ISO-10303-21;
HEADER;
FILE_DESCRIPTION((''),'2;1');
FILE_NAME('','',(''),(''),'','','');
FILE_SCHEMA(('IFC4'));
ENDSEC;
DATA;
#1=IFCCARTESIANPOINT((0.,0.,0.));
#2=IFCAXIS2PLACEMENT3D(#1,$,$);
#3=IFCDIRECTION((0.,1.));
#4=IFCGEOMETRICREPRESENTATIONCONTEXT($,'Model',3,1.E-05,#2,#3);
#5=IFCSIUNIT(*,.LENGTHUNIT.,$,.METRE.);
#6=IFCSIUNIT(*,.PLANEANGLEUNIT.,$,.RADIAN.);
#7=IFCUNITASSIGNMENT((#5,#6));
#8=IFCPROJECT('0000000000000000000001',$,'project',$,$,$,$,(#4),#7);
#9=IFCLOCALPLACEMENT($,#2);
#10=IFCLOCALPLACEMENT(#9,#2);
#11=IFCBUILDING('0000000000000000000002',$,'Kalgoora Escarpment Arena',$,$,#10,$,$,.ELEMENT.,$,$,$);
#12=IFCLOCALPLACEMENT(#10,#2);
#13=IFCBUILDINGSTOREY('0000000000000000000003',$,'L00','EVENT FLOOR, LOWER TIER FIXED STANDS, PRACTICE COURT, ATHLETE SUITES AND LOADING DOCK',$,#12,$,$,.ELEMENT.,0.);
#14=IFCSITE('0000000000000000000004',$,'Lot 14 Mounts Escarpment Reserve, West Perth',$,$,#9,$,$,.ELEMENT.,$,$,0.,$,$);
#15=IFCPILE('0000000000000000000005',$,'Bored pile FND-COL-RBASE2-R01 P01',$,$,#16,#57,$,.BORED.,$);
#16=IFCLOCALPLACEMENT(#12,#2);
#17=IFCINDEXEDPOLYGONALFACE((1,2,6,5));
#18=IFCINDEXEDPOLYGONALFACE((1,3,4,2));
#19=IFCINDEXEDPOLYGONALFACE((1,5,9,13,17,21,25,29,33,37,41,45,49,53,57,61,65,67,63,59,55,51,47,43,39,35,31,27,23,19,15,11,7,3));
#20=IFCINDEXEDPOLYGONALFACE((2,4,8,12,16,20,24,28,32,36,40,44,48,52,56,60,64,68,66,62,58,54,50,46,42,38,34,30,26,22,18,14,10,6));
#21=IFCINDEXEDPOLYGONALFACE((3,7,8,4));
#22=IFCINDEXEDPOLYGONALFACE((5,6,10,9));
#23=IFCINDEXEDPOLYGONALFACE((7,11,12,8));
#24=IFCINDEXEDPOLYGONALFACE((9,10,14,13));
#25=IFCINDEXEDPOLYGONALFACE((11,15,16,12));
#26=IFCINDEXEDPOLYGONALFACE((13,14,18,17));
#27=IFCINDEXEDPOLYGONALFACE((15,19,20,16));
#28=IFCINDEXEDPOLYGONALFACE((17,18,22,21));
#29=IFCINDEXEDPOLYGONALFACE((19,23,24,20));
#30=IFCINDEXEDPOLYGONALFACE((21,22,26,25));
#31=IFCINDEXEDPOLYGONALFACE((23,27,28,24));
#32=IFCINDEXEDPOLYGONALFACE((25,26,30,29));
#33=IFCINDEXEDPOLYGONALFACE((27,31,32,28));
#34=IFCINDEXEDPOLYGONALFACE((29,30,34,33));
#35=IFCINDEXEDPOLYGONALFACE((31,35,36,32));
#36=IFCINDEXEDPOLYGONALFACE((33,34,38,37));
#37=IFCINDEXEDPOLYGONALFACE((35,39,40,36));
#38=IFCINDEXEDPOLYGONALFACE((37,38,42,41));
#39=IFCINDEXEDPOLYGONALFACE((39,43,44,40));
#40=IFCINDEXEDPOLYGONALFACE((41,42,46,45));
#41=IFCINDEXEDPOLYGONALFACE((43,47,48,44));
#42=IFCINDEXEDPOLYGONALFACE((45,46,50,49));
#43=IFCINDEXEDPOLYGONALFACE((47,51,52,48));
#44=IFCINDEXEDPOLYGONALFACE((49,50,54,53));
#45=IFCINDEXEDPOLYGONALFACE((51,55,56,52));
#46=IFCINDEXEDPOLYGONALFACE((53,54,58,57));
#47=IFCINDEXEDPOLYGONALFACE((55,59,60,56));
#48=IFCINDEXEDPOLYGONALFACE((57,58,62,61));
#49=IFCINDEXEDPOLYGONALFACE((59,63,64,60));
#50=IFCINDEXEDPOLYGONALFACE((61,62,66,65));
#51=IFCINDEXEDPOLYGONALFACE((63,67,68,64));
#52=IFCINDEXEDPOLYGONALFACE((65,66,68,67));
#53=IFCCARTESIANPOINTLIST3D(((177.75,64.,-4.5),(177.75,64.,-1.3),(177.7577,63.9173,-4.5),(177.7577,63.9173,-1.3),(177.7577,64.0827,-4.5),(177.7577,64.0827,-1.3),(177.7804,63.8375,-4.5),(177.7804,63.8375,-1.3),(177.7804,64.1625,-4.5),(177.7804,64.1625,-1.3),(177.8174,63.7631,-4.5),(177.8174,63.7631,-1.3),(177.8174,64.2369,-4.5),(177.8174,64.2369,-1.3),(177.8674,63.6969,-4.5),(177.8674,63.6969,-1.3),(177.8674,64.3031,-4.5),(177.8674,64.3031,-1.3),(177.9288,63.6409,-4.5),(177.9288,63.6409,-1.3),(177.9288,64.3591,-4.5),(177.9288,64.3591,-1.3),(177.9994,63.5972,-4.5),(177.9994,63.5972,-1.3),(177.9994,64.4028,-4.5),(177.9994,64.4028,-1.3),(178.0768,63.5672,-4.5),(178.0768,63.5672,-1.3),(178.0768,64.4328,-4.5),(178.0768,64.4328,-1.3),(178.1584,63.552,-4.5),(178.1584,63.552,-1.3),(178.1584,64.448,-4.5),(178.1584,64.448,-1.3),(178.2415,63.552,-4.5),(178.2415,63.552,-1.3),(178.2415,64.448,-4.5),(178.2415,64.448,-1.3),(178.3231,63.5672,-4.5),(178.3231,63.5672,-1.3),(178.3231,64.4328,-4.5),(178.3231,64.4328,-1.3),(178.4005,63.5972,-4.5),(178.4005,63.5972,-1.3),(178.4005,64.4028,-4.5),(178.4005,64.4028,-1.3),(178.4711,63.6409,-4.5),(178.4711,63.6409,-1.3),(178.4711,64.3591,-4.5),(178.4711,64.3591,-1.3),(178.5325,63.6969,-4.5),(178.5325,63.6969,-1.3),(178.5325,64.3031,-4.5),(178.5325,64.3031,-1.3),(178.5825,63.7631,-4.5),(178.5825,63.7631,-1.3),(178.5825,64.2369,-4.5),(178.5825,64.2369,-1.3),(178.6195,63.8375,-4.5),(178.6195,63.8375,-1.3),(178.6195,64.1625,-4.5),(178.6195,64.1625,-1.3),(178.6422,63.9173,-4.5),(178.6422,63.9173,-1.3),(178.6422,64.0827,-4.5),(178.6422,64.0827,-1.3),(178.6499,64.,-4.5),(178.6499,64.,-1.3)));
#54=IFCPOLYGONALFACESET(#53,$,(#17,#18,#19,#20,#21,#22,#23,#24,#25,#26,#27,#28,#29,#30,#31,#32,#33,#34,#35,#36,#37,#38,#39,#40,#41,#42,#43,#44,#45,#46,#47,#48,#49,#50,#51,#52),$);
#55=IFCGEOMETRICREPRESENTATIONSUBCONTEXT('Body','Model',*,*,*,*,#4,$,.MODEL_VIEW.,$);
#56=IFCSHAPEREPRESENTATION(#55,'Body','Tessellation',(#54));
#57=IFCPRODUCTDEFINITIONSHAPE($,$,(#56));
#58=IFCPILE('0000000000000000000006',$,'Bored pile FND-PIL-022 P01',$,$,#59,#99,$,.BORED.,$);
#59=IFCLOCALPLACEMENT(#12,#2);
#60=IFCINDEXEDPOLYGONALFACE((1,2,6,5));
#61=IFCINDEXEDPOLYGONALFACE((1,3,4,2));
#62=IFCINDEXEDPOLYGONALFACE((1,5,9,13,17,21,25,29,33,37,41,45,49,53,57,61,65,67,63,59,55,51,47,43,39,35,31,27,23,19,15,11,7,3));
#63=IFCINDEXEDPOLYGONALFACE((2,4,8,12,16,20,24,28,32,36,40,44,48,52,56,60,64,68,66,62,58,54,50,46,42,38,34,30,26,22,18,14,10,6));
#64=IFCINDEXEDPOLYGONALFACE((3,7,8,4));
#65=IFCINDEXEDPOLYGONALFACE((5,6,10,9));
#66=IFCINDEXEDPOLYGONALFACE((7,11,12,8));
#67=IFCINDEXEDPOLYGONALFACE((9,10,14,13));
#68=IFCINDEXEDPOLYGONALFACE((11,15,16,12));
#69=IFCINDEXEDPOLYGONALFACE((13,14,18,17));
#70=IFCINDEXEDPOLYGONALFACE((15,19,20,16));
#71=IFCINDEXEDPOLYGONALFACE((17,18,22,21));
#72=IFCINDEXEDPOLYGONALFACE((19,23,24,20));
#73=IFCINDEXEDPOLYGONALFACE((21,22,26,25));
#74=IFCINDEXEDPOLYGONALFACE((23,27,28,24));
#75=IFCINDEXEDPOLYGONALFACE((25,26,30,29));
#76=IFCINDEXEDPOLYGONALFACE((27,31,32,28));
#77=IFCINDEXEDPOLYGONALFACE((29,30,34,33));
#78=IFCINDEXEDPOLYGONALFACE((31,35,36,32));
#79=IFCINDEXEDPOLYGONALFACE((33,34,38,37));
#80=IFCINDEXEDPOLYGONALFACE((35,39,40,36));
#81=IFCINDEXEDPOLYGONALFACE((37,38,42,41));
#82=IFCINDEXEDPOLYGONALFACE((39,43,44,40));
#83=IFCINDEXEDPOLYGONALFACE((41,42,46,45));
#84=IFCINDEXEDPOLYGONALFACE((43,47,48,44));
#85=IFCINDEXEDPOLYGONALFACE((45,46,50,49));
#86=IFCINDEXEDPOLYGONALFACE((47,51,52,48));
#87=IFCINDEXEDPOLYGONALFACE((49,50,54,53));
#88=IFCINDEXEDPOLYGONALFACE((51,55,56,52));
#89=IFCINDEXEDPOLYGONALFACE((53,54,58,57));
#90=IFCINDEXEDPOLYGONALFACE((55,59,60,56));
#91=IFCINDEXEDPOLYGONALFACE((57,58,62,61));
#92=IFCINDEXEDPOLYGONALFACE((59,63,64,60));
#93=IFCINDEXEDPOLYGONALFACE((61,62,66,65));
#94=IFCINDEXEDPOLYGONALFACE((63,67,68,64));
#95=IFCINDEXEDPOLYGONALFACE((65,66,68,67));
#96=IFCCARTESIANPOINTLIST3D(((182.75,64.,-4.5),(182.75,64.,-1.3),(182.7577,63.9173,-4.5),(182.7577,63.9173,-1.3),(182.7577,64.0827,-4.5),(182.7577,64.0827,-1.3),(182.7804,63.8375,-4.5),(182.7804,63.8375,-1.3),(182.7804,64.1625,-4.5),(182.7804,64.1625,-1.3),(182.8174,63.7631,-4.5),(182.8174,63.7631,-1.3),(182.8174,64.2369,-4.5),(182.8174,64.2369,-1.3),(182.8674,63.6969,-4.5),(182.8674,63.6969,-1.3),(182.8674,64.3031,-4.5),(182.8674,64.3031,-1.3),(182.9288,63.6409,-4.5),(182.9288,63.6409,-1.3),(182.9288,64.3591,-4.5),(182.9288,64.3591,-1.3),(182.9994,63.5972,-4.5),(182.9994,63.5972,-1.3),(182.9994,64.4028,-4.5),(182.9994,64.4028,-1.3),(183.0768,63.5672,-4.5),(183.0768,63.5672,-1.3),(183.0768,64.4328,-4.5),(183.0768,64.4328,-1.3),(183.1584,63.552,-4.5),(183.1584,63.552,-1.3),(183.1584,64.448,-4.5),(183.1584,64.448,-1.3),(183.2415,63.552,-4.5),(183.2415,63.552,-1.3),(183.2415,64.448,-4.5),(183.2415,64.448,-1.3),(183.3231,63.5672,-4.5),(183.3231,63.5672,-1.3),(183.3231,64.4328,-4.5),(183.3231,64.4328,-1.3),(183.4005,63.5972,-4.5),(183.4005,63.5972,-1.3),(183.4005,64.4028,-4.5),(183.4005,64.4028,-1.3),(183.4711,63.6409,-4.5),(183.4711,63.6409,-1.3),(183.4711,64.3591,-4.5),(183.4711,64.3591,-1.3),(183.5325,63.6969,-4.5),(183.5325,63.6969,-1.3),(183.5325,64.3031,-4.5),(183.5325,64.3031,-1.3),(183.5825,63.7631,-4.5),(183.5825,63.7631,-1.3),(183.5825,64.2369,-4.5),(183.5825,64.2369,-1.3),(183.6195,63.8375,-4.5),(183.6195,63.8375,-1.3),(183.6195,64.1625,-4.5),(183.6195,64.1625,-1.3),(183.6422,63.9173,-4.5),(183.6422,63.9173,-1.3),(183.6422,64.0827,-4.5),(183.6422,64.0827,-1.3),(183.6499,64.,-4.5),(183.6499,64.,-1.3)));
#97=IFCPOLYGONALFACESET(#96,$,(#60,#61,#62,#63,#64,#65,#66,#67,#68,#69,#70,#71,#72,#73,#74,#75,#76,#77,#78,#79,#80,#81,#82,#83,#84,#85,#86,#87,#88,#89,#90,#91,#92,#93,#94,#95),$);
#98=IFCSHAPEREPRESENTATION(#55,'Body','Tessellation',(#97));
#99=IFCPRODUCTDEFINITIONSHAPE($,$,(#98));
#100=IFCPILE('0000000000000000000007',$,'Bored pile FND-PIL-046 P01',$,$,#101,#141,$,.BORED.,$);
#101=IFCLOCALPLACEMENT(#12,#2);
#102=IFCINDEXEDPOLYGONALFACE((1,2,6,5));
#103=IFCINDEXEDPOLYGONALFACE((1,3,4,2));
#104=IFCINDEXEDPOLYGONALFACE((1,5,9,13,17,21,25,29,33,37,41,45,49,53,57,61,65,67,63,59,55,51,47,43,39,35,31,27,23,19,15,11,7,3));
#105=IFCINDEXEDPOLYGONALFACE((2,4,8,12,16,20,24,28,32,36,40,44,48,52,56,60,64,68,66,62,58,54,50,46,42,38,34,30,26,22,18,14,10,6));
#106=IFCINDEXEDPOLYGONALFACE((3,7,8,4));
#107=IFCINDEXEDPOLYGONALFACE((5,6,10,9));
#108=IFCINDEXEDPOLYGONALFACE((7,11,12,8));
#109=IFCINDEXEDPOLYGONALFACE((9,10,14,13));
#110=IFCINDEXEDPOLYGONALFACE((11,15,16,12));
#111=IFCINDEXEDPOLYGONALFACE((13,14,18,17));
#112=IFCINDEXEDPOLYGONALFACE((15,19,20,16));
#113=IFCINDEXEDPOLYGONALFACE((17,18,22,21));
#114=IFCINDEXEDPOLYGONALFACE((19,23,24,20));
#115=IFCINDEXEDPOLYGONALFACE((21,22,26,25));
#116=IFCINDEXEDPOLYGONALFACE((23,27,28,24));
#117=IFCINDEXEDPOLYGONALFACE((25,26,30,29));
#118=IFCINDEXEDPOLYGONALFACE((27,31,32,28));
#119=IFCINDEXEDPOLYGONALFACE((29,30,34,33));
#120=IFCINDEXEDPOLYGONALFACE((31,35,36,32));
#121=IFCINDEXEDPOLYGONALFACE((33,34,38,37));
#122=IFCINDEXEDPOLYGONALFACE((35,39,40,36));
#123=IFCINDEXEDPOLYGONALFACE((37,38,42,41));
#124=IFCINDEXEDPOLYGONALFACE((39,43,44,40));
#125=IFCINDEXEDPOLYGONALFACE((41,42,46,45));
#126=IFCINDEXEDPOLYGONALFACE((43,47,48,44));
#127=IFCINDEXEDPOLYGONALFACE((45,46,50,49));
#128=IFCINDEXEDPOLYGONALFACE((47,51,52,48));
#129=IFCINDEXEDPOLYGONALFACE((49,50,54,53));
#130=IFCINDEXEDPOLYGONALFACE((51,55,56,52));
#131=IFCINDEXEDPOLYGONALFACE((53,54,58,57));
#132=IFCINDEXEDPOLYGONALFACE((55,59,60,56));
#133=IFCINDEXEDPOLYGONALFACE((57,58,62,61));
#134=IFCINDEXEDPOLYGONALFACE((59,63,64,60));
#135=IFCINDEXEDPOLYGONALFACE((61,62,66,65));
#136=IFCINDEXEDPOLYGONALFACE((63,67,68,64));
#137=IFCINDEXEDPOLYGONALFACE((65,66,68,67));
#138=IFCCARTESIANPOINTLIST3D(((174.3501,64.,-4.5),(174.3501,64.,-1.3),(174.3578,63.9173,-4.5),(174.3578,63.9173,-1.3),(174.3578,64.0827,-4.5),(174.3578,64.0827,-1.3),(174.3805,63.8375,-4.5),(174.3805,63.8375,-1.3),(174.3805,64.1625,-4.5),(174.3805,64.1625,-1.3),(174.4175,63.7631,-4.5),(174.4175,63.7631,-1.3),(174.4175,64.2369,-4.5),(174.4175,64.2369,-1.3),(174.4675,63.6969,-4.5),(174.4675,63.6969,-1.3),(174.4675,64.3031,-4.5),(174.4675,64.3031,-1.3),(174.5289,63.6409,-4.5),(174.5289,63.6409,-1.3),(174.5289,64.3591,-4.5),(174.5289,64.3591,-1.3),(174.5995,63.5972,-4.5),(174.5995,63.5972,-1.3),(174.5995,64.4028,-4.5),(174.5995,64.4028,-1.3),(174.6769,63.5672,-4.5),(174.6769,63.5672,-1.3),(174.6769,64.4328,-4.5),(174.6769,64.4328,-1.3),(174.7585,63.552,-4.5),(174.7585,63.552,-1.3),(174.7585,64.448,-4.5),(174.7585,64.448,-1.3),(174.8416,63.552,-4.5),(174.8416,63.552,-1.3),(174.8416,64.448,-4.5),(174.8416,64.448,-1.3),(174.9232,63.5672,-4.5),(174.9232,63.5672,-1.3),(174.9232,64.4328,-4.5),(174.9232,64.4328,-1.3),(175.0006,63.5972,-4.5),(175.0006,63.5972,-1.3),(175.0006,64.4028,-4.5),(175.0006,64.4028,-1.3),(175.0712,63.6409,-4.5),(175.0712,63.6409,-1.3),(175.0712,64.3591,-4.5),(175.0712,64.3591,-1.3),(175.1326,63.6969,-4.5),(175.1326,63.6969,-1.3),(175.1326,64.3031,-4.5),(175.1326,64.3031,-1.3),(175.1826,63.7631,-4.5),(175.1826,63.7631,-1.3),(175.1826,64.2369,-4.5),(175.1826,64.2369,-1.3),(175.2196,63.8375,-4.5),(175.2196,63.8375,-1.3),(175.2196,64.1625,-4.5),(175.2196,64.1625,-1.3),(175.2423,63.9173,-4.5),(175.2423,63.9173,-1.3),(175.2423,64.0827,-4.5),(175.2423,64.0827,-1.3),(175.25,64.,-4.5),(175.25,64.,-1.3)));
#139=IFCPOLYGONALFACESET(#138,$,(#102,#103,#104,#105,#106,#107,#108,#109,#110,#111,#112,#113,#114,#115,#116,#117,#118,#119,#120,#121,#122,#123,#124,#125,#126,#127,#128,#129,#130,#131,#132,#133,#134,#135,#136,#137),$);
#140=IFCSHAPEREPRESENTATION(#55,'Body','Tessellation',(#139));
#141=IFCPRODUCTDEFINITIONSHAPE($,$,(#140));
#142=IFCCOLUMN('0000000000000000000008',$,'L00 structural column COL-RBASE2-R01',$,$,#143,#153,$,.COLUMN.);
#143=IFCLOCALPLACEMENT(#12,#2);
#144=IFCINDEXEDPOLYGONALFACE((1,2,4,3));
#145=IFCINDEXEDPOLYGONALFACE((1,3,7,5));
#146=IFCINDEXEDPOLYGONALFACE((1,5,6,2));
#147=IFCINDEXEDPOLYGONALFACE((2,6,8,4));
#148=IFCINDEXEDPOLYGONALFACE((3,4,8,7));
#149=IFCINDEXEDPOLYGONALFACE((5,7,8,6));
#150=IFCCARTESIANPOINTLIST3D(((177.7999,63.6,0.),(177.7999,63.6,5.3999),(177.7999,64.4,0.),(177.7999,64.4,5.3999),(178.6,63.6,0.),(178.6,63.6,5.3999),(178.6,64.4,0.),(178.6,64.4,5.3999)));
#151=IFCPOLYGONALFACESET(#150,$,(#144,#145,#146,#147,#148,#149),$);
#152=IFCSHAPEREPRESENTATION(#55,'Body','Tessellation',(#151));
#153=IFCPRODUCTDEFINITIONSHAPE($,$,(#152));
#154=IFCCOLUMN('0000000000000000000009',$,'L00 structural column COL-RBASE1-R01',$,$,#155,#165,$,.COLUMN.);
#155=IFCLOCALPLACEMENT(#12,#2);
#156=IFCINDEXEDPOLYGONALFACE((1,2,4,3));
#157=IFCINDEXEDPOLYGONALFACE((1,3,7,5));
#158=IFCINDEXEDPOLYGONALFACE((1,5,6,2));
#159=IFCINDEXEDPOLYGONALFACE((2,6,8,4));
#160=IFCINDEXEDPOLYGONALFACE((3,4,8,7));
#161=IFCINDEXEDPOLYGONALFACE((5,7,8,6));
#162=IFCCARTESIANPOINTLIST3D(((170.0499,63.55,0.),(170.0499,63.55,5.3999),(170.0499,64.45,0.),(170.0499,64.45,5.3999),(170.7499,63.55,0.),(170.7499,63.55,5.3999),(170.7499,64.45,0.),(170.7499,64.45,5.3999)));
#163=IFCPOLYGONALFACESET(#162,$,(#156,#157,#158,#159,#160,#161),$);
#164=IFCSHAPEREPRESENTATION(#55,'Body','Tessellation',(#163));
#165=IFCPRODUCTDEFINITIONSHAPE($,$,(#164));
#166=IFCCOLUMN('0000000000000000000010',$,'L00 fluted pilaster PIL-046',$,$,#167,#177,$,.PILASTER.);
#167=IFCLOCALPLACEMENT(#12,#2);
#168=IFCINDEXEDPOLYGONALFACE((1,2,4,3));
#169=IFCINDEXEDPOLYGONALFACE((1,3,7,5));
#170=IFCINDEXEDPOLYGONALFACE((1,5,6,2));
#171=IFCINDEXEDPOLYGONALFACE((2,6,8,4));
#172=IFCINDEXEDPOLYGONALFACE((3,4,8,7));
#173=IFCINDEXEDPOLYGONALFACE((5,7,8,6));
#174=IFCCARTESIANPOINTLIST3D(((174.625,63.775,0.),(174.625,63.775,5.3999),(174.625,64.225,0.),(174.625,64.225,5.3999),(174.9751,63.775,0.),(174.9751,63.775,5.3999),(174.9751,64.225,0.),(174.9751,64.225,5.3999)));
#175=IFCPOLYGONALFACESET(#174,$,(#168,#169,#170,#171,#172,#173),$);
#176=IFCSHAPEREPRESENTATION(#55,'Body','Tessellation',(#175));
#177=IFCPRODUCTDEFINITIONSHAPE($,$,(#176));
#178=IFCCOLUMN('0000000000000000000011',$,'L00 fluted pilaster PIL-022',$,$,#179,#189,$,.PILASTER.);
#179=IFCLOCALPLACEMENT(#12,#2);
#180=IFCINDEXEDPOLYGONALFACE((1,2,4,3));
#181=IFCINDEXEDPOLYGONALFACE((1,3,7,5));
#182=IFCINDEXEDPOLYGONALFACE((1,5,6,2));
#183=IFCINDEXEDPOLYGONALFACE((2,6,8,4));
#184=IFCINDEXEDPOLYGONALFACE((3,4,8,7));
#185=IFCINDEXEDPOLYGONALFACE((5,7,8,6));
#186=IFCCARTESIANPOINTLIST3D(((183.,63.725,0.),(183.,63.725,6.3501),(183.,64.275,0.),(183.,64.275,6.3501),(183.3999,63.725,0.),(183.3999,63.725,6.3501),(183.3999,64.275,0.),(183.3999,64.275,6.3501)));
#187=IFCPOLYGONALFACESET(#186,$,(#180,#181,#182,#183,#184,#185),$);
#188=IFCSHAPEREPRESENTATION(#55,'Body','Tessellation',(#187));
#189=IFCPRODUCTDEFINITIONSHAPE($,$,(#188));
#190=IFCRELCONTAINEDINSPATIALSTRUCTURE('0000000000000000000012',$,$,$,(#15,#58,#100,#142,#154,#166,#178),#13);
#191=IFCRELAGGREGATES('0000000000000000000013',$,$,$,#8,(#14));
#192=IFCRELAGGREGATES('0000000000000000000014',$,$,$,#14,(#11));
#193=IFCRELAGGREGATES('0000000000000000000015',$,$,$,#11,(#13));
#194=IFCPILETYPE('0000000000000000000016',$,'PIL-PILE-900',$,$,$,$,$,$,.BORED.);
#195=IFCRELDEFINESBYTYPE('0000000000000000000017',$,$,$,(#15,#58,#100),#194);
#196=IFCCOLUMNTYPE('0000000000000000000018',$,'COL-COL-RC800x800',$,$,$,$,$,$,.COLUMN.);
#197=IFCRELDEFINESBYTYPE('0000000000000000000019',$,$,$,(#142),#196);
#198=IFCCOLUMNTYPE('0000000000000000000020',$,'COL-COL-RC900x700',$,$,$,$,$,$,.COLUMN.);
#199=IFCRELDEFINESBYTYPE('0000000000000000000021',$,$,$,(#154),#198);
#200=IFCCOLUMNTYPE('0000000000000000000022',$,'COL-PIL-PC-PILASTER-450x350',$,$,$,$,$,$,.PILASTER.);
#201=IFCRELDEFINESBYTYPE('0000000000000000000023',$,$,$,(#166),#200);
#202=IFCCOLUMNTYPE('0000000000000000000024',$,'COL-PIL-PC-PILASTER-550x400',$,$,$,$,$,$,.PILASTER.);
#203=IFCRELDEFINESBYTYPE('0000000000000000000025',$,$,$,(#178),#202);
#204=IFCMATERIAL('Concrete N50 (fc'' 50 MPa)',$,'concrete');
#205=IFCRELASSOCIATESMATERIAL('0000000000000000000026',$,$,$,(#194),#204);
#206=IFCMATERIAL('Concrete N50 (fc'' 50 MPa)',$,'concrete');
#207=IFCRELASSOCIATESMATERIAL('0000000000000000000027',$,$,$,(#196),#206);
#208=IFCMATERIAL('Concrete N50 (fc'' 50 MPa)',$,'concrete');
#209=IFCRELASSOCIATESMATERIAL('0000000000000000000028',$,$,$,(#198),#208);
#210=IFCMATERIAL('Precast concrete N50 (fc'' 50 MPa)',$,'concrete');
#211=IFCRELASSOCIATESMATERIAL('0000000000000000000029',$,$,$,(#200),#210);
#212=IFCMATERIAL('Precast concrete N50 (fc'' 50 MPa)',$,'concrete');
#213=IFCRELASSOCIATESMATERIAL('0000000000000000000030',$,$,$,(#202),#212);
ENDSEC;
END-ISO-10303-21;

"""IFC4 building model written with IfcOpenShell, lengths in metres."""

from ifc_helpers import new_model, si_unit, direction, frame, origin, origin_2d, place, context, subcontext, project, spatial, rectangle, circle, extrude, material, material_profile, profile_set, type_object, element, save


model = new_model("IFC4")

# Units and contexts
model_context = context("Model", 3, precision=1e-05, world=origin(), true_north=direction((0.0, 1.0)))
body_context = subcontext(model_context, "Body", "Model", "MODEL_VIEW")
ifc_project = project(units=[si_unit("LENGTHUNIT", "METRE"), si_unit("PLANEANGLEUNIT", "RADIAN")], contexts=[model_context])

# Site, building, storey
site_placement = place(None, origin())
site = spatial("IfcSite", under=ifc_project, at=site_placement, Name="Lot 14 Mounts Escarpment Reserve, West Perth", CompositionType="ELEMENT", RefElevation=0.0)
building_placement = place(site_placement, origin())
building = spatial("IfcBuilding", under=site, at=building_placement, Name="Kalgoora Escarpment Arena", CompositionType="ELEMENT")
storey_placement = place(building_placement, origin())
storey = spatial("IfcBuildingStorey", under=building, at=storey_placement, Name="L00", Description="EVENT FLOOR, LOWER TIER FIXED STANDS, PRACTICE COURT, ATHLETE SUITES AND LOADING DOCK", CompositionType="ELEMENT", Elevation=0.0)

# Piles
ifc_material_1 = material(Name="Concrete N50 (fc' 50 MPa)", Category="concrete")
ifc_material_profile_1 = material_profile(ifc_material_1, circle(Radius=0.45, at=origin_2d()))
ifc_profile_set_1 = profile_set([ifc_material_profile_1], Name="Concrete N50 (fc' 50 MPa)")
pile_type_1 = type_object("IfcPileType", Name="PIL-PILE-900", PredefinedType="BORED", material=ifc_profile_set_1)
for number, where, z_axis, x_axis, name in (
    (1, (178.2, 64.0, -1.3), (0.0, 0.0, -1.0), (1.0, 0.0, 0.0), "Bored pile FND-COL-RBASE2-R01 P01"),
    (2, (183.2, 64.0, -1.3), (0.0, 0.0, -1.0), (1.0, 0.0, 0.0), "Bored pile FND-PIL-022 P01"),
    (3, (174.8, 64.0, -1.3), (0.0, 0.0, -1.0), (1.0, 0.0, 0.0), "Bored pile FND-PIL-046 P01"),
):
    element("IfcPile", number, at=place(storey_placement, frame(where, z_axis=z_axis, x_axis=x_axis)), inside=storey, type_object=pile_type_1, Name=name, PredefinedType="BORED", context=body_context, shape_type="SweptSolid", body=[
        extrude(circle(Radius=0.45, at=origin_2d()), origin(), (0.0, 0.0, 1.0), 3.2),
    ])

# Columns
ifc_material_2 = material(Name="Concrete N50 (fc' 50 MPa)", Category="concrete")
ifc_material_profile_2 = material_profile(ifc_material_2, rectangle(XDim=0.8, YDim=0.8, at=origin_2d()))
ifc_profile_set_2 = profile_set([ifc_material_profile_2], Name="Concrete N50 (fc' 50 MPa)")
column_type_1 = type_object("IfcColumnType", Name="COL-COL-RC800x800", PredefinedType="COLUMN", material=ifc_profile_set_2)
column_1_placement = place(storey_placement, frame((178.2, 64.0, 0.0), z_axis=(0.0, 0.0, 1.0), x_axis=(1.0, 0.0, 0.0)))
element("IfcColumn", 4, at=column_1_placement, inside=storey, type_object=column_type_1, Name="L00 structural column COL-RBASE2-R01", PredefinedType="COLUMN", context=body_context, shape_type="SweptSolid", body=[
    extrude(rectangle(XDim=0.8, YDim=0.8, at=origin_2d()), origin(), (0.0, 0.0, 1.0), 5.3999),
])
ifc_material_3 = material(Name="Concrete N50 (fc' 50 MPa)", Category="concrete")
ifc_material_profile_3 = material_profile(ifc_material_3, rectangle(XDim=0.7, YDim=0.8999, at=origin_2d()))
ifc_profile_set_3 = profile_set([ifc_material_profile_3], Name="Concrete N50 (fc' 50 MPa)")
column_type_2 = type_object("IfcColumnType", Name="COL-COL-RC900x700", PredefinedType="COLUMN", material=ifc_profile_set_3)
column_2_placement = place(storey_placement, frame((170.3999, 64.0, 0.0), z_axis=(0.0, 0.0, 1.0), x_axis=(1.0, 0.0, 0.0)))
element("IfcColumn", 5, at=column_2_placement, inside=storey, type_object=column_type_2, Name="L00 structural column COL-RBASE1-R01", PredefinedType="COLUMN", context=body_context, shape_type="SweptSolid", body=[
    extrude(rectangle(XDim=0.7, YDim=0.8999, at=origin_2d()), origin(), (0.0, 0.0, 1.0), 5.3999),
])
ifc_material_4 = material(Name="Precast concrete N50 (fc' 50 MPa)", Category="concrete")
ifc_material_profile_4 = material_profile(ifc_material_4, rectangle(XDim=0.3501, YDim=0.45, at=origin_2d()))
ifc_profile_set_4 = profile_set([ifc_material_profile_4], Name="Precast concrete N50 (fc' 50 MPa)")
column_type_3 = type_object("IfcColumnType", Name="COL-PIL-PC-PILASTER-450x350", PredefinedType="PILASTER", material=ifc_profile_set_4)
column_3_placement = place(storey_placement, frame((174.8, 64.0, 0.0), z_axis=(0.0, 0.0, 1.0), x_axis=(1.0, 0.0, 0.0)))
element("IfcColumn", 6, at=column_3_placement, inside=storey, type_object=column_type_3, Name="L00 fluted pilaster PIL-046", PredefinedType="PILASTER", context=body_context, shape_type="SweptSolid", body=[
    extrude(rectangle(XDim=0.3501, YDim=0.45, at=origin_2d()), origin(), (0.0, 0.0, 1.0), 5.3999),
])
ifc_material_5 = material(Name="Precast concrete N50 (fc' 50 MPa)", Category="concrete")
ifc_material_profile_5 = material_profile(ifc_material_5, rectangle(XDim=0.3999, YDim=0.55, at=origin_2d()))
ifc_profile_set_5 = profile_set([ifc_material_profile_5], Name="Precast concrete N50 (fc' 50 MPa)")
column_type_4 = type_object("IfcColumnType", Name="COL-PIL-PC-PILASTER-550x400", PredefinedType="PILASTER", material=ifc_profile_set_5)
column_4_placement = place(storey_placement, frame((183.2, 64.0, 0.0), z_axis=(0.0, 0.0, 1.0), x_axis=(1.0, 0.0, 0.0)))
element("IfcColumn", 7, at=column_4_placement, inside=storey, type_object=column_type_4, Name="L00 fluted pilaster PIL-022", PredefinedType="PILASTER", context=body_context, shape_type="SweptSolid", body=[
    extrude(rectangle(XDim=0.3999, YDim=0.55, at=origin_2d()), origin(), (0.0, 0.0, 1.0), 6.3501),
])

save(model, "model.ifc")
